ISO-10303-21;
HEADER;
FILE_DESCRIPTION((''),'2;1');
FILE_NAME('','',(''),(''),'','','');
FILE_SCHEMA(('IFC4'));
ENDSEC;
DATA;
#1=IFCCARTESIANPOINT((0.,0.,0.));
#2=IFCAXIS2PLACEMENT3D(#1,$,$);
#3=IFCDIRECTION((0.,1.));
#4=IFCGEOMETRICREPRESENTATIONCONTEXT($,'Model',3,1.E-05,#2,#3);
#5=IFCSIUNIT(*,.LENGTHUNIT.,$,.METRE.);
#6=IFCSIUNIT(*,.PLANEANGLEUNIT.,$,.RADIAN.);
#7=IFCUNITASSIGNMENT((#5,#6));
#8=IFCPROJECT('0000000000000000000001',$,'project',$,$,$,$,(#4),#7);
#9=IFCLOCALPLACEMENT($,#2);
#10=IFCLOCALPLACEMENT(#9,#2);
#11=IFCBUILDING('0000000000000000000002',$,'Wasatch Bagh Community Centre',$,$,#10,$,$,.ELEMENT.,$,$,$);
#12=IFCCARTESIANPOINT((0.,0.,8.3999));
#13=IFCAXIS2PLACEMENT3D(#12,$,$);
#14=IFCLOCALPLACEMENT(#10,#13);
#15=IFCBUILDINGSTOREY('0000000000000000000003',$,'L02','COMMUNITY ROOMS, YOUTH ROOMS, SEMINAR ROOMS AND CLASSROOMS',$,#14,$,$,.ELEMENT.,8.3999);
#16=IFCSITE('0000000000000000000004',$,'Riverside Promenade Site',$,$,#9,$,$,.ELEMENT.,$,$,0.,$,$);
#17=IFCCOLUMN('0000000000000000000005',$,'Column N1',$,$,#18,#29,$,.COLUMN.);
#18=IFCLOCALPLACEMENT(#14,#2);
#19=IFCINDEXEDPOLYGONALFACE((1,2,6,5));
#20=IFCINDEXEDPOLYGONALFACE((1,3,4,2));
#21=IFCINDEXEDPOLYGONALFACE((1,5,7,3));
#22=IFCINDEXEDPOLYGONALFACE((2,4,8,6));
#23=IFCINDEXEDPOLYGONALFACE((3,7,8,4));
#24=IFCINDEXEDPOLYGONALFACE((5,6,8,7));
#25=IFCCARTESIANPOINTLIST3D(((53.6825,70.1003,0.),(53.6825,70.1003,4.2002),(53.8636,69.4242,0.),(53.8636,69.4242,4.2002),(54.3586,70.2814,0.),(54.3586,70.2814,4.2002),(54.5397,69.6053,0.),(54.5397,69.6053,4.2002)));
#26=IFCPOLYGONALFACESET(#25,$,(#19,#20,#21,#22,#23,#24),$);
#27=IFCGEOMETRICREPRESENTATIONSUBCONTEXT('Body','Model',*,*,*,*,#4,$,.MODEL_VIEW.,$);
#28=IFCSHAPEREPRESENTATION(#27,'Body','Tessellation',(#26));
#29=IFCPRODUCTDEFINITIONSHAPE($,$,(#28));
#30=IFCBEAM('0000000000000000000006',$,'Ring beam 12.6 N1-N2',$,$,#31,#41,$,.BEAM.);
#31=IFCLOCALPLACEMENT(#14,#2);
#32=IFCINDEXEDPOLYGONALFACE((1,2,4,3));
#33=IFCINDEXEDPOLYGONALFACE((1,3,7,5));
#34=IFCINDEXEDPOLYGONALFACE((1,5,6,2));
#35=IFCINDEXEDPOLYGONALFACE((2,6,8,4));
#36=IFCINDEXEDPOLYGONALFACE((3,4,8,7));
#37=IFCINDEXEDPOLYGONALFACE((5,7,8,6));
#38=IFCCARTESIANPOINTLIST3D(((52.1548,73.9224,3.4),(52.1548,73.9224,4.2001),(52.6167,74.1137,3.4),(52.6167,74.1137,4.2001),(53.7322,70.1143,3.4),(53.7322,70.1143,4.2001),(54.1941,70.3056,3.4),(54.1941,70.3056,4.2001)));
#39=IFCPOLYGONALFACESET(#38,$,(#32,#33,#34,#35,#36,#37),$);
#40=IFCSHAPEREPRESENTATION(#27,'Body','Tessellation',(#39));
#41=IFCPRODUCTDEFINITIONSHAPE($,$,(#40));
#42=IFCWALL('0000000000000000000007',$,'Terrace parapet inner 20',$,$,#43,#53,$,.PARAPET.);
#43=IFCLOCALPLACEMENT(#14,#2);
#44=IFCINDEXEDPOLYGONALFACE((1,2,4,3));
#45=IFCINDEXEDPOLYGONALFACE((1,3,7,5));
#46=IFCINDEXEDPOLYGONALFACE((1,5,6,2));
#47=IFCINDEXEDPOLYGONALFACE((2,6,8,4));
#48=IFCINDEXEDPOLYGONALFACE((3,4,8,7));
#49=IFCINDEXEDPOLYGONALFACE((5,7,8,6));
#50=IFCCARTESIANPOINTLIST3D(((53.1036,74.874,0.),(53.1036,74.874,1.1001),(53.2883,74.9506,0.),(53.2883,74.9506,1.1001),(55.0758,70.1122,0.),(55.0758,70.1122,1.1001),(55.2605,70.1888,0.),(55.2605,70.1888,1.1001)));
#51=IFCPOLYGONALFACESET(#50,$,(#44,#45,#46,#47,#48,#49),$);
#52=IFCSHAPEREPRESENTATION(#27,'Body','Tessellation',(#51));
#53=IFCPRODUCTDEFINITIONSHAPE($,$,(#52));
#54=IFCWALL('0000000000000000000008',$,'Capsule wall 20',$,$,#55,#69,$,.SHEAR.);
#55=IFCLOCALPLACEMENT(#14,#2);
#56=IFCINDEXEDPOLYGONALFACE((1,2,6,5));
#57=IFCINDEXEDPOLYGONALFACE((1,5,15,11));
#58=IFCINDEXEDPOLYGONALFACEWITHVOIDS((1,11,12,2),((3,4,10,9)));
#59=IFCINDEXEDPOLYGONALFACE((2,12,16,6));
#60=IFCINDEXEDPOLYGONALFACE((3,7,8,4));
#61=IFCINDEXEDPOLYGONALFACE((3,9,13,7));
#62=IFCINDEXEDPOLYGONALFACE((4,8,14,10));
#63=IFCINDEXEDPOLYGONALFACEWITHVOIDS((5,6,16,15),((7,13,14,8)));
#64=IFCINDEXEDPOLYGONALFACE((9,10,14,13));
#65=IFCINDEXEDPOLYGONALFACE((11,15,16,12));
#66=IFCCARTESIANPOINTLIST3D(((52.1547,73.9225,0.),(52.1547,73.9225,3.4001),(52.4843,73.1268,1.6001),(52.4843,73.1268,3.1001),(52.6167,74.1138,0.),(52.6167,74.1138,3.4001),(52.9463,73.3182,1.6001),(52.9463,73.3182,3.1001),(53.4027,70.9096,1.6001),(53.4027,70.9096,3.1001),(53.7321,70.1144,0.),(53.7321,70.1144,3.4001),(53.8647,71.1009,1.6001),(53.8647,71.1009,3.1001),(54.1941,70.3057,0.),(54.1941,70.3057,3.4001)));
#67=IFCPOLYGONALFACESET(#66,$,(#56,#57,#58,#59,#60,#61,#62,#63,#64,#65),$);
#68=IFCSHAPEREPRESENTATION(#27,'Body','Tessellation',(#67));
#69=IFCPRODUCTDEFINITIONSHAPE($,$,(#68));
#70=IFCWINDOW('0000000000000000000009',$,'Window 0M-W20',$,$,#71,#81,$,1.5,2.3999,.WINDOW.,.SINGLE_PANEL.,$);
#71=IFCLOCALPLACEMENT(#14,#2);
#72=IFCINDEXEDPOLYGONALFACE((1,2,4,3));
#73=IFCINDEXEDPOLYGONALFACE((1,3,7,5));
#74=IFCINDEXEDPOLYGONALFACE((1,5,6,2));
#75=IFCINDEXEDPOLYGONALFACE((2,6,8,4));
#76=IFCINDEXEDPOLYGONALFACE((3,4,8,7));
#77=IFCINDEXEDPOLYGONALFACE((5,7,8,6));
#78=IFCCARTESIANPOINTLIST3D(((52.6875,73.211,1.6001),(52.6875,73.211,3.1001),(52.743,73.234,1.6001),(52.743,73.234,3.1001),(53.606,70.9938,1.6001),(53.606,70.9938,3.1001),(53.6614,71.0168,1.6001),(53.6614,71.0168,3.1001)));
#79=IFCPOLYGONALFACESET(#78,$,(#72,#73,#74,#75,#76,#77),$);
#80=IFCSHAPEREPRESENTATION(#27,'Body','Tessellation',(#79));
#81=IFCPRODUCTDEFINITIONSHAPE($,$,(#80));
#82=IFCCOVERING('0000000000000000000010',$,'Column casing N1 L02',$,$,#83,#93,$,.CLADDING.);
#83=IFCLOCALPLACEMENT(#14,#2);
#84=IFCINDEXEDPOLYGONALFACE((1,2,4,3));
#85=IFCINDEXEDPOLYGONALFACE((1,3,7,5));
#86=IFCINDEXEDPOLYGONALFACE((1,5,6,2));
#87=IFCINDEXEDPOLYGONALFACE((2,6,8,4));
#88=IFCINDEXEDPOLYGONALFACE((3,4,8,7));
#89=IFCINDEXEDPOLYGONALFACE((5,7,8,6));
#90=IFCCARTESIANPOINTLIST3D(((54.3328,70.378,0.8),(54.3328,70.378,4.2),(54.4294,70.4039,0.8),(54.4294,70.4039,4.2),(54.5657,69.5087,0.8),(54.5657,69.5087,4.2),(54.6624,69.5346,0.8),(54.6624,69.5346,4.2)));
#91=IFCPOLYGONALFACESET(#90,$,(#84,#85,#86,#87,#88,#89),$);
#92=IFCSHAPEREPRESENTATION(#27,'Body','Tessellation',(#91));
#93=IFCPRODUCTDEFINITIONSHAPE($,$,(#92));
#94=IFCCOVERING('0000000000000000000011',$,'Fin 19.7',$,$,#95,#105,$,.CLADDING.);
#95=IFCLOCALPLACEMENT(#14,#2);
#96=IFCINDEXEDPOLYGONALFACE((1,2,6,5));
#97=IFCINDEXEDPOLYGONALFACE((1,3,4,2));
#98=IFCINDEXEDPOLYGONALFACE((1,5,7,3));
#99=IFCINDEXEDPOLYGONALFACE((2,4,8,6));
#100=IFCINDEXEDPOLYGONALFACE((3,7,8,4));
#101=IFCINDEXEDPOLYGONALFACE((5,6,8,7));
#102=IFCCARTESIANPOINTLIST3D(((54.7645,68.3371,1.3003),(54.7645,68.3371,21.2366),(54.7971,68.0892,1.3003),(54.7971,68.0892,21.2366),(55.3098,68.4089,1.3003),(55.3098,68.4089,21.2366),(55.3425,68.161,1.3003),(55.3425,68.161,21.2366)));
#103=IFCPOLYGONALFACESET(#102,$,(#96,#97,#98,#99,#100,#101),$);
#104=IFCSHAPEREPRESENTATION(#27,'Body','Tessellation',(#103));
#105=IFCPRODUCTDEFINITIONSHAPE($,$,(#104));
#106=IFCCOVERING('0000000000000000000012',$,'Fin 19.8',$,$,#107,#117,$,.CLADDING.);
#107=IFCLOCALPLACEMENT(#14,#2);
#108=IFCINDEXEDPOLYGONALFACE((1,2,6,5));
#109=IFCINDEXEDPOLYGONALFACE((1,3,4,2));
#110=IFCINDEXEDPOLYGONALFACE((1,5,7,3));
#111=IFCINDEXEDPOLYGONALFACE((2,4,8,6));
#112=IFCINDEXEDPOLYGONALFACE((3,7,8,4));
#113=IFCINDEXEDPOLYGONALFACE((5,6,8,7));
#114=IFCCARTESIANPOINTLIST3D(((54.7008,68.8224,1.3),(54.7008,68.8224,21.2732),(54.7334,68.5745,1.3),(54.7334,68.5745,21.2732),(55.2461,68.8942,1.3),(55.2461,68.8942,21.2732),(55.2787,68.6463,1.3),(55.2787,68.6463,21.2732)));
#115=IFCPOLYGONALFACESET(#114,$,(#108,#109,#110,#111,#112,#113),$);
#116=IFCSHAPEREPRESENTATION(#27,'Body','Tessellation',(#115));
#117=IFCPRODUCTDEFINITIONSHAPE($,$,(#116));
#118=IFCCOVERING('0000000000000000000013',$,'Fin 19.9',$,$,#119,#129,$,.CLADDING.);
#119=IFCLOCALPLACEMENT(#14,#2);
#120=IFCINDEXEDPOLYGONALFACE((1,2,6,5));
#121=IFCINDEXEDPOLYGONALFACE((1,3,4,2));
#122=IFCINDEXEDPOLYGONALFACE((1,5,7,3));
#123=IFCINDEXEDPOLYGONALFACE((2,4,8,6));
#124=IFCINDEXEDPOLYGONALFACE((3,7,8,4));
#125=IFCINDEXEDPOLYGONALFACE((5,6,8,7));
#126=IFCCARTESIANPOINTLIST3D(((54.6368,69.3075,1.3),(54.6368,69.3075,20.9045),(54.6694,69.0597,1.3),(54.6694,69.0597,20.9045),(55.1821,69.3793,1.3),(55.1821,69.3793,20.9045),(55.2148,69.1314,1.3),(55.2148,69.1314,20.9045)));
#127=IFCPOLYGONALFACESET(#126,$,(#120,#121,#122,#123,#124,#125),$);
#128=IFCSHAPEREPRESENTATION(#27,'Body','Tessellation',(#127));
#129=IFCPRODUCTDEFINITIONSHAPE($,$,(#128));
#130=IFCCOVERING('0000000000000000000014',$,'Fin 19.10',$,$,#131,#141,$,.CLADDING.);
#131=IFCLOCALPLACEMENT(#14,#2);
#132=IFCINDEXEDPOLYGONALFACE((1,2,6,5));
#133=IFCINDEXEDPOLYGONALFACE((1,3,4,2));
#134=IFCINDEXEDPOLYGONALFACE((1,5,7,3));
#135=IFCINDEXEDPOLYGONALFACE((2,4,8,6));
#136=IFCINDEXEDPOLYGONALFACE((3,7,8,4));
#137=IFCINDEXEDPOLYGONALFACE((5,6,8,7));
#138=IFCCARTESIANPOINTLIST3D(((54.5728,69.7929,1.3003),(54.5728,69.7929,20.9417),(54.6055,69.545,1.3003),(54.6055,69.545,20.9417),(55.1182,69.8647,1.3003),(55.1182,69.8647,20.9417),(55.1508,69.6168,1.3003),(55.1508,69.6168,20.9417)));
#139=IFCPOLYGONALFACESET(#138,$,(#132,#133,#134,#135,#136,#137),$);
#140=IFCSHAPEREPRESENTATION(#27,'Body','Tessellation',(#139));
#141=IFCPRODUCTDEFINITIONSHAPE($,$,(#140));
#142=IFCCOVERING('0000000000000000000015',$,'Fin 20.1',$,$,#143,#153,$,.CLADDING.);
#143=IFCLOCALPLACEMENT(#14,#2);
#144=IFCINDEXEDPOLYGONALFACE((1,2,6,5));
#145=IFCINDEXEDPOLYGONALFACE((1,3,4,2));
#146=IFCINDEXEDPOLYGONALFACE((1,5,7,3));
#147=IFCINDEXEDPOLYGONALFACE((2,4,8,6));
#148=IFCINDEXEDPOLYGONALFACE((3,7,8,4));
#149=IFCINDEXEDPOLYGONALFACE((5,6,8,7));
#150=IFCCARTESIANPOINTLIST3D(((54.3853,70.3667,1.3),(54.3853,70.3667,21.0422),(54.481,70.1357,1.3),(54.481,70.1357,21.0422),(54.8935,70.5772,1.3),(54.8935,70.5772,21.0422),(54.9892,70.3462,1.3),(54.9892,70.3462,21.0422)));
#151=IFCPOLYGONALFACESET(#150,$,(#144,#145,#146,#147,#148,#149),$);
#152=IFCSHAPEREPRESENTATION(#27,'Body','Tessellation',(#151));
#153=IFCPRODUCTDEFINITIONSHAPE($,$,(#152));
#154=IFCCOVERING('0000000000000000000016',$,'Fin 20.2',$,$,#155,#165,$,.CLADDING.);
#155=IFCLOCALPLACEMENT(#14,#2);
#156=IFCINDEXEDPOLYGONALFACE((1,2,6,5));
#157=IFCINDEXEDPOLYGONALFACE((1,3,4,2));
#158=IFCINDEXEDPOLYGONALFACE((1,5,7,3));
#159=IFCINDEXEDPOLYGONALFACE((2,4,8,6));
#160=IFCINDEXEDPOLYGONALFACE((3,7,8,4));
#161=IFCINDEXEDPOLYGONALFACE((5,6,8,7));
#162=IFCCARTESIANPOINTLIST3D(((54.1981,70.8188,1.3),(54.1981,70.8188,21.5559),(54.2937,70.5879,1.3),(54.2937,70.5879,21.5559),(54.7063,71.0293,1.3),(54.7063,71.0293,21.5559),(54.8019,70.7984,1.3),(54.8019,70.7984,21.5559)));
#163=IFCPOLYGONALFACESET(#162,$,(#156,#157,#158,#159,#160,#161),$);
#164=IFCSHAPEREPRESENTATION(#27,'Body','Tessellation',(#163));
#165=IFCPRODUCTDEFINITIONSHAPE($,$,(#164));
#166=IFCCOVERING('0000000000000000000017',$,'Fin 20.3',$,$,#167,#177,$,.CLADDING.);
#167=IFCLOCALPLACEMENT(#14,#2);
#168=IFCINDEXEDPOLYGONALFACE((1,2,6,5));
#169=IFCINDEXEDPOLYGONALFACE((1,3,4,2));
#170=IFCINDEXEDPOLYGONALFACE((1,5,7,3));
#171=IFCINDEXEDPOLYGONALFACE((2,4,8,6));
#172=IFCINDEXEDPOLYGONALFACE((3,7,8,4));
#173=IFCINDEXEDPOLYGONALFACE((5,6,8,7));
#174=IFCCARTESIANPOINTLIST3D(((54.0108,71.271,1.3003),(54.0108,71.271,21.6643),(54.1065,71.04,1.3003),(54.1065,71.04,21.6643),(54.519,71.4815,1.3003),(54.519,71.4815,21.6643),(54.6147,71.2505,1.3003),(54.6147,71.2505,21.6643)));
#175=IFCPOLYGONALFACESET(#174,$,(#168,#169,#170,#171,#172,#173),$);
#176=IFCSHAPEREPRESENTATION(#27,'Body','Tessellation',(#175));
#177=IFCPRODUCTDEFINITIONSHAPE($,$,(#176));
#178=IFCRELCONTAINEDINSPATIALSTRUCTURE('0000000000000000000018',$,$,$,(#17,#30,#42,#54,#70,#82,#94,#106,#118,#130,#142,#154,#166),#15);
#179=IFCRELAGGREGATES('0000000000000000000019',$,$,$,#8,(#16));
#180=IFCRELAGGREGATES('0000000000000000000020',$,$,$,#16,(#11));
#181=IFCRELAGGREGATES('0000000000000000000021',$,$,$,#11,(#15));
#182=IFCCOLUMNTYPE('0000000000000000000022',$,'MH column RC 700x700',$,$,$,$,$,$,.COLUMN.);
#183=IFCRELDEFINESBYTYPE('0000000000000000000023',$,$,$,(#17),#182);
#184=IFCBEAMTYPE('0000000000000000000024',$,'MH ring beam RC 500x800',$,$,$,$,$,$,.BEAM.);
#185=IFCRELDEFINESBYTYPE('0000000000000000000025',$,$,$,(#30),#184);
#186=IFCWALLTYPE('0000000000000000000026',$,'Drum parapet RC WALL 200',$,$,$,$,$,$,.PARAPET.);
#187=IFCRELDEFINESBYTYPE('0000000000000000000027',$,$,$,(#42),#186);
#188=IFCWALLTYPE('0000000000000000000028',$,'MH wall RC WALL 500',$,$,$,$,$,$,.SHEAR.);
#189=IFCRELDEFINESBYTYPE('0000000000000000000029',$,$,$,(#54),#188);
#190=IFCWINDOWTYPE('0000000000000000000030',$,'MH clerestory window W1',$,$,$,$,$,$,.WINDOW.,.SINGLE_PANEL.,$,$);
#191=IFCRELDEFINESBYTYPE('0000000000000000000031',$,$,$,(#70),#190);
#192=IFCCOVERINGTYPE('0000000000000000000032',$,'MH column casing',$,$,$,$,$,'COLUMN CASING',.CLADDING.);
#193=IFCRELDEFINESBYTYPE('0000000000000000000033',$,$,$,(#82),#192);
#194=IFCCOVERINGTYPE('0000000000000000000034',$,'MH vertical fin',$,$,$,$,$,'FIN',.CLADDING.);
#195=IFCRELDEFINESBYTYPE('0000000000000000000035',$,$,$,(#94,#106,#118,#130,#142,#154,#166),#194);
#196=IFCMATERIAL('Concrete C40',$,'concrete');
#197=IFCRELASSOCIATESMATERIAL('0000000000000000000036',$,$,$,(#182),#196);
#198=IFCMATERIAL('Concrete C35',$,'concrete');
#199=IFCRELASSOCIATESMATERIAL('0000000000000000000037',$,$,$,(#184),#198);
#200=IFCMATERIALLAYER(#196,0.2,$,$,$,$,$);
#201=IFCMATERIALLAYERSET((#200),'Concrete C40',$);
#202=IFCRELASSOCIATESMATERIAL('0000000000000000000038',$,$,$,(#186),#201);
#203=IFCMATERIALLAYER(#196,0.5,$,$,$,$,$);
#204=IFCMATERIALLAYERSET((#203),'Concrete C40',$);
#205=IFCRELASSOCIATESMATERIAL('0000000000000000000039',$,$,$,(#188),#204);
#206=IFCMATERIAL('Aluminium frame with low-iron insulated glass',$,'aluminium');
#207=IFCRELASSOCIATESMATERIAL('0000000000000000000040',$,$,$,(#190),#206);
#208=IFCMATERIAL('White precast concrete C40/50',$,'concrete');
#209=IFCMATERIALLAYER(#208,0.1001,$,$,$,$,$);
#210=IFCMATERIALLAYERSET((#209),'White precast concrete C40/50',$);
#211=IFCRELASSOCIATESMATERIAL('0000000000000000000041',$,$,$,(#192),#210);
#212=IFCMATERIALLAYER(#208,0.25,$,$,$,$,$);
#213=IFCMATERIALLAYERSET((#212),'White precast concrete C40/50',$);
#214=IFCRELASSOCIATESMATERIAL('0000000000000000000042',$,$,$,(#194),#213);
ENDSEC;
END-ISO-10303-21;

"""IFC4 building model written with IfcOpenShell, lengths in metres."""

from ifc_helpers import new_model, si_unit, direction, frame, frame_2d, origin, origin_2d, place, context, subcontext, project, spatial, rectangle, extrude, material, layer, layer_set, material_profile, profile_set, type_object, element, fill, save


model = new_model("IFC4")

# Units and contexts
model_context = context("Model", 3, precision=1e-05, world=origin(), true_north=direction((0.0, 1.0)))
body_context = subcontext(model_context, "Body", "Model", "MODEL_VIEW")
ifc_project = project(units=[si_unit("LENGTHUNIT", "METRE"), si_unit("PLANEANGLEUNIT", "RADIAN")], contexts=[model_context])

# Site, building, storey
site_placement = place(None, origin())
site = spatial("IfcSite", under=ifc_project, at=site_placement, Name="Riverside Promenade Site", CompositionType="ELEMENT", RefElevation=0.0)
building_placement = place(site_placement, origin())
building = spatial("IfcBuilding", under=site, at=building_placement, Name="Wasatch Bagh Community Centre", CompositionType="ELEMENT")
storey_placement = place(building_placement, frame((0.0, 0.0, 8.3999)))
storey = spatial("IfcBuildingStorey", under=building, at=storey_placement, Name="L02", Description="COMMUNITY ROOMS, YOUTH ROOMS, SEMINAR ROOMS AND CLASSROOMS", CompositionType="ELEMENT", Elevation=8.3999)

# Column
ifc_material_1 = material(Name="Concrete C40", Category="concrete")
ifc_material_profile_1 = material_profile(ifc_material_1, rectangle(XDim=0.7, YDim=0.7, at=origin_2d()), Name="RC 700x700")
ifc_profile_set_1 = profile_set([ifc_material_profile_1], Name="Concrete C40")
column_type = type_object("IfcColumnType", Name="MH column RC 700x700", PredefinedType="COLUMN", material=ifc_profile_set_1)
column_placement = place(storey_placement, frame((54.1111, 69.8528, 0.0), z_axis=(0.0, 0.0, 1.0), x_axis=(0.965926, 0.258819, 0.0)))
element("IfcColumn", 1, at=column_placement, inside=storey, type_object=column_type, Name="Column N1", PredefinedType="COLUMN", context=body_context, shape_type="SweptSolid", body=[
    extrude(rectangle(XDim=0.7, YDim=0.7, at=origin_2d()), origin(), (0.0, 0.0, 1.0), 4.2002),
])

# Beam
ifc_material_2 = material(Name="Concrete C35", Category="concrete")
ifc_material_profile_2 = material_profile(ifc_material_2, rectangle(XDim=0.5, YDim=0.8, at=origin_2d()), Name="RC 500x800")
ifc_profile_set_2 = profile_set([ifc_material_profile_2], Name="Concrete C35")
beam_type = type_object("IfcBeamType", Name="MH ring beam RC 500x800", PredefinedType="BEAM", material=ifc_profile_set_2)
beam_placement = place(storey_placement, frame((53.9631, 70.21, 3.8), z_axis=(-0.382688, 0.923878, 0.0), x_axis=(-0.923878, -0.382688, 0.0)))
element("IfcBeam", 2, at=beam_placement, inside=storey, type_object=beam_type, Name="Ring beam 12.6 N1-N2", PredefinedType="BEAM", context=body_context, shape_type="SweptSolid", body=[
    extrude(rectangle(XDim=0.5, YDim=0.8, at=origin_2d()), origin(), (0.0, 0.0, 1.0), 4.1218),
])

# Wall
ifc_layer_1 = layer(ifc_material_1, 0.2)
ifc_layer_set_1 = layer_set([ifc_layer_1], Name="Concrete C40")
wall_type_1 = type_object("IfcWallType", Name="Drum parapet RC WALL 200", PredefinedType="PARAPET", material=ifc_layer_set_1)
wall_1_placement = place(storey_placement, frame((55.1682, 70.1504, 0.0), z_axis=(0.0, 0.0, 1.0), x_axis=(-0.38265, 0.923893, 0.0)))
element("IfcWall", 3, at=wall_1_placement, inside=storey, type_object=wall_type_1, Name="Terrace parapet inner 20", PredefinedType="PARAPET", context=body_context, shape_type="SweptSolid", body=[
    extrude(rectangle(XDim=5.1541, YDim=0.2, at=frame_2d((2.5771, 0.0))), origin(), (0.0, 0.0, 1.0), 1.1001),
])

# Wall, opening, window
ifc_layer_2 = layer(ifc_material_1, 0.5)
ifc_layer_set_2 = layer_set([ifc_layer_2], Name="Concrete C40")
wall_type_2 = type_object("IfcWallType", Name="MH wall RC WALL 500", PredefinedType="SHEAR", material=ifc_layer_set_2)
wall_2_placement = place(storey_placement, frame((53.9631, 70.21, 0.0), z_axis=(0.0, 0.0, 1.0), x_axis=(-0.382688, 0.923878, 0.0)))
wall_2 = element("IfcWall", 4, at=wall_2_placement, inside=storey, type_object=wall_type_2, Name="Capsule wall 20", PredefinedType="SHEAR", context=body_context, shape_type="SweptSolid", body=[
    extrude(rectangle(XDim=4.1218, YDim=0.5, at=frame_2d((2.061, 0.0))), origin(), (0.0, 0.0, 1.0), 3.4001),
])
opening_placement = place(wall_2_placement, frame((0.8608, 0.0, 1.6001)))
opening = element("IfcOpeningElement", 5, at=opening_placement, cuts=wall_2, PredefinedType="OPENING", context=body_context, shape_type="SweptSolid", body=[
    extrude(rectangle(XDim=2.3999, YDim=1.5, at=frame_2d((1.2, 0.75))), frame((0.0, 0.26, 0.0), z_axis=(0.0, -1.0, 0.0), x_axis=(1.0, 0.0, 0.0)), (0.0, 0.0, 1.0), 0.52),
])
ifc_material_3 = material(Name="Aluminium frame with low-iron insulated glass", Category="aluminium")
window_type = type_object("IfcWindowType", Name="MH clerestory window W1", PartitioningType="SINGLE_PANEL", PredefinedType="WINDOW", material=ifc_material_3)
window_placement = place(opening_placement, origin())
window = element("IfcWindow", 6, at=window_placement, inside=storey, type_object=window_type, Name="Window 0M-W20", OverallHeight=1.5, OverallWidth=2.3999, PartitioningType="SINGLE_PANEL", PredefinedType="WINDOW", context=body_context, shape_type="SweptSolid", body=[
    extrude(rectangle(XDim=2.3999, YDim=1.5, at=frame_2d((1.2, 0.75))), frame((0.0, 0.03, 0.0), z_axis=(0.0, -1.0, 0.0), x_axis=(1.0, 0.0, 0.0)), (0.0, 0.0, 1.0), 0.0601),
])
fill(opening, window)

# Coverings
ifc_material_4 = material(Name="White precast concrete C40/50", Category="concrete")
ifc_layer_3 = layer(ifc_material_4, 0.1001)
ifc_layer_set_3 = layer_set([ifc_layer_3], Name="White precast concrete C40/50")
covering_type_1 = type_object("IfcCoveringType", Name="MH column casing", ElementType="COLUMN CASING", PredefinedType="CLADDING", material=ifc_layer_set_3)
covering_1_placement = place(storey_placement, frame((54.4976, 69.9563, 0.8), z_axis=(0.0, 0.0, 1.0), x_axis=(-0.258819, 0.965926, 0.0)))
element("IfcCovering", 7, at=covering_1_placement, inside=storey, type_object=covering_type_1, Name="Column casing N1 L02", PredefinedType="CLADDING", context=body_context, shape_type="SweptSolid", body=[
    extrude(rectangle(XDim=0.8999, YDim=0.1001, at=origin_2d()), origin(), (0.0, 0.0, 1.0), 3.3999),
])
ifc_layer_4 = layer(ifc_material_4, 0.25)
ifc_layer_set_4 = layer_set([ifc_layer_4], Name="White precast concrete C40/50")
covering_type_2 = type_object("IfcCoveringType", Name="MH vertical fin", ElementType="FIN", PredefinedType="CLADDING", material=ifc_layer_set_4)
covering_2_placement = place(storey_placement, frame((55.0535, 68.249, 1.3003), z_axis=(0.0, 0.0, 1.0), x_axis=(-0.130526, 0.991445, 0.0)))
element("IfcCovering", 8, at=covering_2_placement, inside=storey, type_object=covering_type_2, Name="Fin 19.7", PredefinedType="CLADDING", context=body_context, shape_type="SweptSolid", body=[
    extrude(rectangle(XDim=0.25, YDim=0.55, at=origin_2d()), origin(), (0.0, 0.0, 1.0), 19.9363),
])
covering_3_placement = place(storey_placement, frame((54.9897, 68.7344, 1.3), z_axis=(0.0, 0.0, 1.0), x_axis=(-0.130526, 0.991445, 0.0)))
element("IfcCovering", 9, at=covering_3_placement, inside=storey, type_object=covering_type_2, Name="Fin 19.8", PredefinedType="CLADDING", context=body_context, shape_type="SweptSolid", body=[
    extrude(rectangle(XDim=0.25, YDim=0.55, at=origin_2d()), origin(), (0.0, 0.0, 1.0), 19.9731),
])
covering_4_placement = place(storey_placement, frame((54.9258, 69.2195, 1.3), z_axis=(0.0, 0.0, 1.0), x_axis=(-0.130526, 0.991445, 0.0)))
element("IfcCovering", 10, at=covering_4_placement, inside=storey, type_object=covering_type_2, Name="Fin 19.9", PredefinedType="CLADDING", context=body_context, shape_type="SweptSolid", body=[
    extrude(rectangle(XDim=0.25, YDim=0.55, at=origin_2d()), origin(), (0.0, 0.0, 1.0), 19.6045),
])
covering_5_placement = place(storey_placement, frame((54.8618, 69.7048, 1.3003), z_axis=(0.0, 0.0, 1.0), x_axis=(-0.130526, 0.991445, 0.0)))
element("IfcCovering", 11, at=covering_5_placement, inside=storey, type_object=covering_type_2, Name="Fin 19.10", PredefinedType="CLADDING", context=body_context, shape_type="SweptSolid", body=[
    extrude(rectangle(XDim=0.25, YDim=0.55, at=origin_2d()), origin(), (0.0, 0.0, 1.0), 19.6414),
])
covering_6_placement = place(storey_placement, frame((54.6873, 70.3564, 1.3), z_axis=(0.0, 0.0, 1.0), x_axis=(-0.382683, 0.92388, 0.0)))
element("IfcCovering", 12, at=covering_6_placement, inside=storey, type_object=covering_type_2, Name="Fin 20.1", PredefinedType="CLADDING", context=body_context, shape_type="SweptSolid", body=[
    extrude(rectangle(XDim=0.25, YDim=0.55, at=origin_2d()), origin(), (0.0, 0.0, 1.0), 19.7422),
])
covering_7_placement = place(storey_placement, frame((54.5, 70.8086, 1.3), z_axis=(0.0, 0.0, 1.0), x_axis=(-0.382683, 0.92388, 0.0)))
element("IfcCovering", 13, at=covering_7_placement, inside=storey, type_object=covering_type_2, Name="Fin 20.2", PredefinedType="CLADDING", context=body_context, shape_type="SweptSolid", body=[
    extrude(rectangle(XDim=0.25, YDim=0.55, at=origin_2d()), origin(), (0.0, 0.0, 1.0), 20.2559),
])
covering_8_placement = place(storey_placement, frame((54.3127, 71.2607, 1.3003), z_axis=(0.0, 0.0, 1.0), x_axis=(-0.382683, 0.92388, 0.0)))
element("IfcCovering", 14, at=covering_8_placement, inside=storey, type_object=covering_type_2, Name="Fin 20.3", PredefinedType="CLADDING", context=body_context, shape_type="SweptSolid", body=[
    extrude(rectangle(XDim=0.25, YDim=0.55, at=origin_2d()), origin(), (0.0, 0.0, 1.0), 20.364),
])

save(model, "model.ifc")
